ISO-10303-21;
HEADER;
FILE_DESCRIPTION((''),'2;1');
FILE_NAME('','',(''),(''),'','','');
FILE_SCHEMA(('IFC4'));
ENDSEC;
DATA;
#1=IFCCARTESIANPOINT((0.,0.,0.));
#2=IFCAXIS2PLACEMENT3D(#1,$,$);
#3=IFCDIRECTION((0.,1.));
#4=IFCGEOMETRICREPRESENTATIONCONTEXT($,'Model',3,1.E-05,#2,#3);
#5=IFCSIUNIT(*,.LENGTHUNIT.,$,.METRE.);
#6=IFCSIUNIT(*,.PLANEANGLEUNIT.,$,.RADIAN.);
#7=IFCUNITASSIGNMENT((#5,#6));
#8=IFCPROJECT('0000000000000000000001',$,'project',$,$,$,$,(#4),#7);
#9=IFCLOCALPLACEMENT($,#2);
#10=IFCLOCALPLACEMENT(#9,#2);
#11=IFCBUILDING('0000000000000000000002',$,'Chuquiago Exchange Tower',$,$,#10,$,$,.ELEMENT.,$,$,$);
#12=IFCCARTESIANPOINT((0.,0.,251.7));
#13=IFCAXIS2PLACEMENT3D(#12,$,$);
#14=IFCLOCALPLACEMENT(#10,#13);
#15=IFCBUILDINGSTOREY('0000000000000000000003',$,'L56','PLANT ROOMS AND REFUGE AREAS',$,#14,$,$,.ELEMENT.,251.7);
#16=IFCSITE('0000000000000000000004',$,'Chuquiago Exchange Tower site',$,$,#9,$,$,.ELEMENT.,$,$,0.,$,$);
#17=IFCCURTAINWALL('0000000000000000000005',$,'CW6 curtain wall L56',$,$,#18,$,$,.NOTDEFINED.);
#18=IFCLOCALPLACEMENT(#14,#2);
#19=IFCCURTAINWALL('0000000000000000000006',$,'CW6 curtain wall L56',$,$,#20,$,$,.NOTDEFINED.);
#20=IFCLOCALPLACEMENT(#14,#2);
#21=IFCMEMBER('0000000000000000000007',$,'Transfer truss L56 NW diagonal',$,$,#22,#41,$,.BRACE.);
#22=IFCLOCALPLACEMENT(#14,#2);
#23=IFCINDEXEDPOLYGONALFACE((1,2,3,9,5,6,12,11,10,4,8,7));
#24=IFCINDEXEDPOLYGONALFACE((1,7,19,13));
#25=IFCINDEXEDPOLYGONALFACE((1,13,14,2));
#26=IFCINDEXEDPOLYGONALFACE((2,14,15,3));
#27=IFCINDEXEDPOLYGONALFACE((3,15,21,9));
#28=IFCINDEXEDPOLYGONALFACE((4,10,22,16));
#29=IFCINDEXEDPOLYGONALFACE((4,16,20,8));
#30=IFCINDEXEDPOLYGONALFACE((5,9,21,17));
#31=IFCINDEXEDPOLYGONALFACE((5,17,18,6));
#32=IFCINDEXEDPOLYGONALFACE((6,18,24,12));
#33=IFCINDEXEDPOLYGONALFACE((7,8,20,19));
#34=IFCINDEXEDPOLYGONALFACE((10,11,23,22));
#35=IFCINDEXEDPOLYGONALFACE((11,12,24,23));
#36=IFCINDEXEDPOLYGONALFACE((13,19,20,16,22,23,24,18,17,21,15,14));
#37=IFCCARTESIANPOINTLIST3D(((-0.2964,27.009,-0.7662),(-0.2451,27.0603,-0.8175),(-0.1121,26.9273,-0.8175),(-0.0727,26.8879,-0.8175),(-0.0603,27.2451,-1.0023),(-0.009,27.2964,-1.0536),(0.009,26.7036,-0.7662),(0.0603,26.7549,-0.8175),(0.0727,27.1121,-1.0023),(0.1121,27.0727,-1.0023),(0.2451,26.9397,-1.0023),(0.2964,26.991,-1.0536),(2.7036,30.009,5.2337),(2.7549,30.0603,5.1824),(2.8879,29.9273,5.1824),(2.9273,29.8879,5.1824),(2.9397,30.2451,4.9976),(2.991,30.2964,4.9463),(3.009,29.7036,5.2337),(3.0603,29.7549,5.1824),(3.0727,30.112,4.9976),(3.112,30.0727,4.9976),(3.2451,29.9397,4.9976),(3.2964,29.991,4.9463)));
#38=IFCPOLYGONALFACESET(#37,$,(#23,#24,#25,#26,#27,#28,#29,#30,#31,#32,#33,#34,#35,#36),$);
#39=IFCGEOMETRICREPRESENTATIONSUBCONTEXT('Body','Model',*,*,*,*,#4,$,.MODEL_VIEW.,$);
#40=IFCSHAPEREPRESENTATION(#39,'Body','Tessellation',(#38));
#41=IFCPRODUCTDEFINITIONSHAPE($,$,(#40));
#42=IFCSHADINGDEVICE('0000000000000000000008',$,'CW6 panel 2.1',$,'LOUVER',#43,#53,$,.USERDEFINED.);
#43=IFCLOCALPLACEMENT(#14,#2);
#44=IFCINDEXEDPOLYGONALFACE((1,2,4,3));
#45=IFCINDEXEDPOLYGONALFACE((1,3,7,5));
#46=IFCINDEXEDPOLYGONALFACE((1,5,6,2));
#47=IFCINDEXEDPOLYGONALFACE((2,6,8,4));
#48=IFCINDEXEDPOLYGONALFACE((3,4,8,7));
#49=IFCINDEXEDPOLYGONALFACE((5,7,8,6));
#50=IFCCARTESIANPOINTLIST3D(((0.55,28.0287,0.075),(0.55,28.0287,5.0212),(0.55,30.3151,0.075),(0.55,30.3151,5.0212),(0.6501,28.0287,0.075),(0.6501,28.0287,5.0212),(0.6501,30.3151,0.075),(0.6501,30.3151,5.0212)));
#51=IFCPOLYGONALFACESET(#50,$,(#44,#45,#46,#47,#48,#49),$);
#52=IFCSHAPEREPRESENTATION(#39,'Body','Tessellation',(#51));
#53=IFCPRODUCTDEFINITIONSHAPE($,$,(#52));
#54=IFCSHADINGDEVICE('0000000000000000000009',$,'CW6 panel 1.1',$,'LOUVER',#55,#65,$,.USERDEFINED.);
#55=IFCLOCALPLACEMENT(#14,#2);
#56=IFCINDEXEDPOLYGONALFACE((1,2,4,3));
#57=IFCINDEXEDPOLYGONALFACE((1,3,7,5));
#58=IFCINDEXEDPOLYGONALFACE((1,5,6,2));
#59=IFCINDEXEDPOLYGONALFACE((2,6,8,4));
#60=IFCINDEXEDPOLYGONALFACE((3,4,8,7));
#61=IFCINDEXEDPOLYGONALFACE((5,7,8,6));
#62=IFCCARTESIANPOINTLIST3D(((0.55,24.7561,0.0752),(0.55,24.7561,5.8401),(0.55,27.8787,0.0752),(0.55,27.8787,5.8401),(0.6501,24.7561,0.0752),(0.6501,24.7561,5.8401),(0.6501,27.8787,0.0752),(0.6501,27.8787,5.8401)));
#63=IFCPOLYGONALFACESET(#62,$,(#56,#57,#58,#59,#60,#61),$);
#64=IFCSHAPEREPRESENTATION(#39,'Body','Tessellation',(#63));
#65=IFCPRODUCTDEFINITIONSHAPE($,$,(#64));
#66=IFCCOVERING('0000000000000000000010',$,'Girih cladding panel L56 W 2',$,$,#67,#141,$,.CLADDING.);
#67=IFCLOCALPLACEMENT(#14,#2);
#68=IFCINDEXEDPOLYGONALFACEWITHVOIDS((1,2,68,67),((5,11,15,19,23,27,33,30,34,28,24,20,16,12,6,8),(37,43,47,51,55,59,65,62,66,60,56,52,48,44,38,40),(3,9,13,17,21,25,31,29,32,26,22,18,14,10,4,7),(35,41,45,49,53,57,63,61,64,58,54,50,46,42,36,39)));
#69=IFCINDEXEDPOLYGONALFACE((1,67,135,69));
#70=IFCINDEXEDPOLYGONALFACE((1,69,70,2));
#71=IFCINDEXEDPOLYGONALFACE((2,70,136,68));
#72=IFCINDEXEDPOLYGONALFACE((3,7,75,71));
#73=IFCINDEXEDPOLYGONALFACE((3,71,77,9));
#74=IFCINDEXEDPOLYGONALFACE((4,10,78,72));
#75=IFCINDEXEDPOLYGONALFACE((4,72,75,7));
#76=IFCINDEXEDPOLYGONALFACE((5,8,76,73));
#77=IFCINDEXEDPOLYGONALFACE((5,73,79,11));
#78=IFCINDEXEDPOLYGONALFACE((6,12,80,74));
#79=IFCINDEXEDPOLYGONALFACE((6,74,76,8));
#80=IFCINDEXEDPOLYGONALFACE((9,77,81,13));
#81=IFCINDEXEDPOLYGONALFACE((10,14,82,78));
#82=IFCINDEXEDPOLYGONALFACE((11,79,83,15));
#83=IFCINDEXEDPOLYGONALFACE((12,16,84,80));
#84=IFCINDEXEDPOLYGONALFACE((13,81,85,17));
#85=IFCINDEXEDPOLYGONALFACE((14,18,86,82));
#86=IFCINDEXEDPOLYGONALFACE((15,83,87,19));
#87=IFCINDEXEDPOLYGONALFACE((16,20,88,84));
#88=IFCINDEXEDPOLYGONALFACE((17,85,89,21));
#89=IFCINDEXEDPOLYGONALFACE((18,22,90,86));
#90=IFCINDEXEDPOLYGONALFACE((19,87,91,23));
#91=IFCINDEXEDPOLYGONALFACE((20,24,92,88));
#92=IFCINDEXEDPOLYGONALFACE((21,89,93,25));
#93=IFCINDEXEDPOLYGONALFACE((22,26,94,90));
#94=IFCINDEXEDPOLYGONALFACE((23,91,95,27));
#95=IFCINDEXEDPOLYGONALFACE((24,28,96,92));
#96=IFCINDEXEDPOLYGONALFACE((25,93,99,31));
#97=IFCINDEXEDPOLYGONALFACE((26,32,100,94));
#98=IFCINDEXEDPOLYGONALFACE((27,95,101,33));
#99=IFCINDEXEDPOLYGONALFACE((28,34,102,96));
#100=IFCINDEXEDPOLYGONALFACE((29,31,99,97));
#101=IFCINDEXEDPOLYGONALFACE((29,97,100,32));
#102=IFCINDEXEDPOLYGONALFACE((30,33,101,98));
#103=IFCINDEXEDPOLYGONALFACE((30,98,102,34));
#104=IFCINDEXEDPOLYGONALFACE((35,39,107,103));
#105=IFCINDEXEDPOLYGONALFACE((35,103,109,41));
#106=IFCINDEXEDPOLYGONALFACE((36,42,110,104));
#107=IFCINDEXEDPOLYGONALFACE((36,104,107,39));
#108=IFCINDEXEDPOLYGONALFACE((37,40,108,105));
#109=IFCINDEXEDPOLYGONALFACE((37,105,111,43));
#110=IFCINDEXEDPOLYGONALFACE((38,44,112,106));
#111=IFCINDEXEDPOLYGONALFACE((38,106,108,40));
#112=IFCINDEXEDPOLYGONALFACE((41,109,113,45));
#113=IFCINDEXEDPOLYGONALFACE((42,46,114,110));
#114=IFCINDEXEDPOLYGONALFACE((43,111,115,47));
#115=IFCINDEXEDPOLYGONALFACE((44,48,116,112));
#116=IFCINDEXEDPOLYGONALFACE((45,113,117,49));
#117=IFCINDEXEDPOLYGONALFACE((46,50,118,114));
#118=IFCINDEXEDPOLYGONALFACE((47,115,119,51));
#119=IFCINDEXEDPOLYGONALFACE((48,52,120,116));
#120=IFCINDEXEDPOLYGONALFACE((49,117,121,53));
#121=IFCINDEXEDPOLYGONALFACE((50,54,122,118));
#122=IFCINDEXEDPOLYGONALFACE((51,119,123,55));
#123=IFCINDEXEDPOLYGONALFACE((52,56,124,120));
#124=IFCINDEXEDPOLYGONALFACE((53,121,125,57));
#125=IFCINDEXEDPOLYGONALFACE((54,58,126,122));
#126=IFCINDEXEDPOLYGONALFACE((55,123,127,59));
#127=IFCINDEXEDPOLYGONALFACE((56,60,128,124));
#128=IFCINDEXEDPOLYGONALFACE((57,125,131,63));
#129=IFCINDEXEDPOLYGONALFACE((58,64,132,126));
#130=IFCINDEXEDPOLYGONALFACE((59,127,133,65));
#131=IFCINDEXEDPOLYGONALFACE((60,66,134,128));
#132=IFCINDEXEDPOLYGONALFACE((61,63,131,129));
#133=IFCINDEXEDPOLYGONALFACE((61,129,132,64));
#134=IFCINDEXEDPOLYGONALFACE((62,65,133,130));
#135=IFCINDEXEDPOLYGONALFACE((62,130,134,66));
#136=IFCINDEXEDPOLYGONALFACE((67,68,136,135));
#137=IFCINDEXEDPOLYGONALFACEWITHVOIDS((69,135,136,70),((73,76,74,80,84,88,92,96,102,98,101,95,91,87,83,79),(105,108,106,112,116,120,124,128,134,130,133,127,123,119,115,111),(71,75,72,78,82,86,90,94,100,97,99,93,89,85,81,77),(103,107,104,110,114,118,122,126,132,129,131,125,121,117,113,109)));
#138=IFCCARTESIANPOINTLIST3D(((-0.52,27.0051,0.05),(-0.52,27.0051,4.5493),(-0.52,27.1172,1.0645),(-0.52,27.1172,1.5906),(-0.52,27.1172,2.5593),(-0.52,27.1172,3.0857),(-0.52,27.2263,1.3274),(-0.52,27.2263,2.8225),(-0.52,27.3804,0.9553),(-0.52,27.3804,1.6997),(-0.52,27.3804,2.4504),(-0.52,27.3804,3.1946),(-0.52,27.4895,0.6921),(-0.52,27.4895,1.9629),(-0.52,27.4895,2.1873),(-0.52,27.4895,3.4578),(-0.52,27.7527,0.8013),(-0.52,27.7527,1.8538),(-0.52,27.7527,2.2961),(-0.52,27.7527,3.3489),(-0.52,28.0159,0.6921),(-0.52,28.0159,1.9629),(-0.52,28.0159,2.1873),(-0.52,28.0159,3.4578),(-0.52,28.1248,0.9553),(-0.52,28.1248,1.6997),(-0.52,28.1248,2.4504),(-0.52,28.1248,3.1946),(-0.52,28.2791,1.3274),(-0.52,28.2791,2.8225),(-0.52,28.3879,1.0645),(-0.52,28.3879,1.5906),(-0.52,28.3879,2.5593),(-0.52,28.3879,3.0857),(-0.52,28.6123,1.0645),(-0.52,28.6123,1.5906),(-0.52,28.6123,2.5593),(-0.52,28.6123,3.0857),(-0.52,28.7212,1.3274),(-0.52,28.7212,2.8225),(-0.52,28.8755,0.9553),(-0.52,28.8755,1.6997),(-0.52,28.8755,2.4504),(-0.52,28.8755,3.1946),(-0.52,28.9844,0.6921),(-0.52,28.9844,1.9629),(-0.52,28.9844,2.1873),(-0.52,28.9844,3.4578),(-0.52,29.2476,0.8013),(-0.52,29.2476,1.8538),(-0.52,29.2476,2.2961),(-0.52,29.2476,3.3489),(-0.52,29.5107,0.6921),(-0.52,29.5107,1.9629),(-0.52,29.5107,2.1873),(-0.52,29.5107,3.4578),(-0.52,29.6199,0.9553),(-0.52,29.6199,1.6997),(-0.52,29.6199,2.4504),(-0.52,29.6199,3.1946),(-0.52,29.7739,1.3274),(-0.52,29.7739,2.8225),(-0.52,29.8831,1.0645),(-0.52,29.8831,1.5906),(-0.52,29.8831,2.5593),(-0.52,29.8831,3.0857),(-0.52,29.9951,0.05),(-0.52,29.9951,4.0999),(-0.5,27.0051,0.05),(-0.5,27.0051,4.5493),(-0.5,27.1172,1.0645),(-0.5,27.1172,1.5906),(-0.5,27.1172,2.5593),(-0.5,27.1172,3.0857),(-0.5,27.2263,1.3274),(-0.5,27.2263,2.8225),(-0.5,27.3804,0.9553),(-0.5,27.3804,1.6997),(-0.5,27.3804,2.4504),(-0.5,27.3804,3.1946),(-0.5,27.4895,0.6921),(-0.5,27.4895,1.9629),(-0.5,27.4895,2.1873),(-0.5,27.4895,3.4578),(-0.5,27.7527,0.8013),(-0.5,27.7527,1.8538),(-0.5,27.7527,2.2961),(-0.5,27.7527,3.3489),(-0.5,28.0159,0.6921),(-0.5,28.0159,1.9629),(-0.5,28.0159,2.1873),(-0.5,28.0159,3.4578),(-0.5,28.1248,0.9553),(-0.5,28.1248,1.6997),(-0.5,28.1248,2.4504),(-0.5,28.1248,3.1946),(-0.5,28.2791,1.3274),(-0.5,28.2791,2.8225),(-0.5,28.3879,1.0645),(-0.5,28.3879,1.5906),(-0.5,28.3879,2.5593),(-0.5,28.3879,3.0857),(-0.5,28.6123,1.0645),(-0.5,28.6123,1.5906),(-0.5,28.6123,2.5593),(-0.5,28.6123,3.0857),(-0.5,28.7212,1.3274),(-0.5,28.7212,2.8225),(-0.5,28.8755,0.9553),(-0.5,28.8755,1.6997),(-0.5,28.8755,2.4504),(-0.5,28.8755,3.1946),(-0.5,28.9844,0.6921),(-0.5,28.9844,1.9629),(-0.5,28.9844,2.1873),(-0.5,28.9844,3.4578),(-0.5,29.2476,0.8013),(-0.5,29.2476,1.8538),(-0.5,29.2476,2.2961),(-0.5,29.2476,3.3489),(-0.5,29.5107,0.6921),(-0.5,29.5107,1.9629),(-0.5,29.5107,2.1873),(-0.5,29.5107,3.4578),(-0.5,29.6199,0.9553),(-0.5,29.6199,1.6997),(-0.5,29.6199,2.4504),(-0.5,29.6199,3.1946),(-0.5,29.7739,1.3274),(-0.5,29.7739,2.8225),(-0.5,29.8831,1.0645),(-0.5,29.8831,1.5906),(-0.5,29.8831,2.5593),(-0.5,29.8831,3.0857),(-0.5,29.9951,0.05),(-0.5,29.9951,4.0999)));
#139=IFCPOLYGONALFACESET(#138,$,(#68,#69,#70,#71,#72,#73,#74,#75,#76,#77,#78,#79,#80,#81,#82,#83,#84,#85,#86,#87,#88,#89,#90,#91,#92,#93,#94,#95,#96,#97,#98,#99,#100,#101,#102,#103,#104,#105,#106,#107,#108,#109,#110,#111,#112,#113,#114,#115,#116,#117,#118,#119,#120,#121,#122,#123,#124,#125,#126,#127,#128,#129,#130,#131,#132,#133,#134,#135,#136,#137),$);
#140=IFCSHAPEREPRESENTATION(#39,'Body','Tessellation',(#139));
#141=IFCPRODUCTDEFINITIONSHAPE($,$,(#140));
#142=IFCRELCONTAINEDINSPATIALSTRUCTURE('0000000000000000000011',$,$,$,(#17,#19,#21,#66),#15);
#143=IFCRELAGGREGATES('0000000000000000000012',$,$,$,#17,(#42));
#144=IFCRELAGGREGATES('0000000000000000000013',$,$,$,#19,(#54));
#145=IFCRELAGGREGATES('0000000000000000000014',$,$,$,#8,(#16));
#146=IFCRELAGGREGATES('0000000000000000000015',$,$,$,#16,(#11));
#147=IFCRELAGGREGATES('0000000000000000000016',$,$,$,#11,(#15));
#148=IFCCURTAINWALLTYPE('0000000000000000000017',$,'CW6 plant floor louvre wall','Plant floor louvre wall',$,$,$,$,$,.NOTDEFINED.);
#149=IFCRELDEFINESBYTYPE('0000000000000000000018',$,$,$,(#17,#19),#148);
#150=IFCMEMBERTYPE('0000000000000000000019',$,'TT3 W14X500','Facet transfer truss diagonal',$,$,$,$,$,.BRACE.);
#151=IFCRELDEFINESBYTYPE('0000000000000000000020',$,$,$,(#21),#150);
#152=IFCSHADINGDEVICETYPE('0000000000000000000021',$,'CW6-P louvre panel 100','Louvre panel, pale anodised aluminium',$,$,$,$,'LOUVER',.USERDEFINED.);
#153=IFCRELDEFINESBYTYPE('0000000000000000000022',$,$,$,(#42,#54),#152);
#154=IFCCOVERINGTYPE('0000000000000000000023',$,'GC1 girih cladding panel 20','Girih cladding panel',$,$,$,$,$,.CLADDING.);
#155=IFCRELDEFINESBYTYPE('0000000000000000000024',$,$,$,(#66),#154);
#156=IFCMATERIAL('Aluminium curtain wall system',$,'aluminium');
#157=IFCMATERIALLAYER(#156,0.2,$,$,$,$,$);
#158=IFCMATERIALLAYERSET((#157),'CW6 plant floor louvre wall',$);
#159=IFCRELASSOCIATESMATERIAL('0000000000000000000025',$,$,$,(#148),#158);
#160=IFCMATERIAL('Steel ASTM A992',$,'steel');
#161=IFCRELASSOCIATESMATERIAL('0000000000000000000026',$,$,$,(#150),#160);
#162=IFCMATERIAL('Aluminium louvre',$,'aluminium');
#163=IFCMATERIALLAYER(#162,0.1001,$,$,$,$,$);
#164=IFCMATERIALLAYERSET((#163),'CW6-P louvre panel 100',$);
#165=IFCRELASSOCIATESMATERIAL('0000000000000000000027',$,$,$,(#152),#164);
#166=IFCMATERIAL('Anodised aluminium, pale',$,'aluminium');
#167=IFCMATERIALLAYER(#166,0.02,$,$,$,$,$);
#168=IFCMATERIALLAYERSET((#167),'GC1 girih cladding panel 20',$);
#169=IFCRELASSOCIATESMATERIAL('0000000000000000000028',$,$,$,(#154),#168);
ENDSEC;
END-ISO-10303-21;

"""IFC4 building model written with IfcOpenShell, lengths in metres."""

from ifc_helpers import new_model, si_unit, direction, frame, origin, origin_2d, place, context, subcontext, project, spatial, polyline, rectangle, i_section, outline, extrude, material, layer, layer_set, material_profile, profile_set, type_object, element, aggregate, save


model = new_model("IFC4")

# Units and contexts
model_context = context("Model", 3, precision=1e-05, world=origin(), true_north=direction((0.0, 1.0)))
body_context = subcontext(model_context, "Body", "Model", "MODEL_VIEW")
ifc_project = project(units=[si_unit("LENGTHUNIT", "METRE"), si_unit("PLANEANGLEUNIT", "RADIAN")], contexts=[model_context])

# Site, building, storey
site_placement = place(None, origin())
site = spatial("IfcSite", under=ifc_project, at=site_placement, Name="Chuquiago Exchange Tower site", CompositionType="ELEMENT", RefElevation=0.0)
building_placement = place(site_placement, origin())
building = spatial("IfcBuilding", under=site, at=building_placement, Name="Chuquiago Exchange Tower", CompositionType="ELEMENT")
storey_placement = place(building_placement, frame((0.0, 0.0, 251.7)))
storey = spatial("IfcBuildingStorey", under=building, at=storey_placement, Name="L56", Description="PLANT ROOMS AND REFUGE AREAS", CompositionType="ELEMENT", Elevation=251.7)

# Curtain wall
ifc_material_1 = material(Name="Aluminium curtain wall system", Category="aluminium")
ifc_layer_1 = layer(ifc_material_1, 0.2)
ifc_layer_set_1 = layer_set([ifc_layer_1], Name="CW6 plant floor louvre wall")
curtain_wall_type = type_object("IfcCurtainWallType", Name="CW6 plant floor louvre wall", Description="Plant floor louvre wall", PredefinedType="NOTDEFINED", material=ifc_layer_set_1)
curtain_wall_1_placement = place(storey_placement, origin())
curtain_wall_1 = element("IfcCurtainWall", 1, at=curtain_wall_1_placement, inside=storey, type_object=curtain_wall_type, Name="CW6 curtain wall L56", PredefinedType="NOTDEFINED")

# Curtain wall
curtain_wall_2_placement = place(storey_placement, origin())
curtain_wall_2 = element("IfcCurtainWall", 2, at=curtain_wall_2_placement, inside=storey, type_object=curtain_wall_type, Name="CW6 curtain wall L56", PredefinedType="NOTDEFINED")

# Member
ifc_material_2 = material(Name="Steel ASTM A992", Category="steel")
ifc_material_profile_1 = material_profile(ifc_material_2, i_section(OverallWidth=0.4319, OverallDepth=0.4978, WebThickness=0.0557, FlangeThickness=0.0889, at=origin_2d()), Name="W14X500")
ifc_profile_set_1 = profile_set([ifc_material_profile_1], Name="Steel ASTM A992")
member_type_1 = type_object("IfcMemberType", Name="TT3 W14X500", Description="Facet transfer truss diagonal", PredefinedType="BRACE", material=ifc_profile_set_1)
member_1_placement = place(storey_placement, frame((0.0, 27.0, -0.9099), z_axis=(0.408248, 0.408248, 0.816497), x_axis=(-0.707107, 0.707107, 0.0)))
element("IfcMember", 3, at=member_1_placement, inside=storey, type_object=member_type_1, Name="Transfer truss L56 NW diagonal", PredefinedType="BRACE", context=body_context, shape_type="SweptSolid", body=[
    extrude(i_section(OverallWidth=0.4319, OverallDepth=0.4978, WebThickness=0.0557, FlangeThickness=0.0889, at=origin_2d()), origin(), (0.0, 0.0, 1.0), 7.3484),
])

# Shading devices
ifc_material_3 = material(Name="Aluminium louvre", Category="aluminium")
ifc_layer_2 = layer(ifc_material_3, 0.1001)
ifc_layer_set_2 = layer_set([ifc_layer_2], Name="CW6-P louvre panel 100")
shading_device_type = type_object("IfcShadingDeviceType", Name="CW6-P louvre panel 100", Description="Louvre panel, pale anodised aluminium", ElementType="LOUVER", PredefinedType="USERDEFINED", material=ifc_layer_set_2)
shading_device_1_placement = place(storey_placement, frame((0.6001, 29.1719, 0.075), z_axis=(0.0, 0.0, 1.0), x_axis=(0.0, -1.0, 0.0)))
shading_device_1 = element("IfcShadingDevice", 4, at=shading_device_1_placement, type_object=shading_device_type, Name="CW6 panel 2.1", ObjectType="LOUVER", PredefinedType="USERDEFINED", context=body_context, shape_type="SweptSolid", body=[
    extrude(rectangle(XDim=2.2864, YDim=0.1001, at=origin_2d()), origin(), (0.0, 0.0, 1.0), 4.9463),
])
aggregate(curtain_wall_1, [shading_device_1])
shading_device_2_placement = place(storey_placement, frame((0.6001, 26.3174, 0.0752), z_axis=(0.0, 0.0, 1.0), x_axis=(0.0, -1.0, 0.0)))
shading_device_2 = element("IfcShadingDevice", 5, at=shading_device_2_placement, type_object=shading_device_type, Name="CW6 panel 1.1", ObjectType="LOUVER", PredefinedType="USERDEFINED", context=body_context, shape_type="SweptSolid", body=[
    extrude(rectangle(XDim=3.1226, YDim=0.1001, at=origin_2d()), origin(), (0.0, 0.0, 1.0), 5.7649),
])
aggregate(curtain_wall_2, [shading_device_2])

# Covering
ifc_material_4 = material(Name="Anodised aluminium, pale", Category="aluminium")
ifc_layer_3 = layer(ifc_material_4, 0.02)
ifc_layer_set_3 = layer_set([ifc_layer_3], Name="GC1 girih cladding panel 20")
covering_type = type_object("IfcCoveringType", Name="GC1 girih cladding panel 20", Description="Girih cladding panel", PredefinedType="CLADDING", material=ifc_layer_set_3)
covering_1_placement = place(storey_placement, frame((-0.5, 29.9951, 0.05), z_axis=(0.0, 0.0, 1.0), x_axis=(0.0, -1.0, 0.0)))
element("IfcCovering", 6, at=covering_1_placement, inside=storey, type_object=covering_type, Name="Girih cladding panel L56 W 2", PredefinedType="CLADDING", context=body_context, shape_type="SweptSolid", body=[
    extrude(outline(polyline([(0.0, 0.0), (2.99, 0.0), (2.99, 4.4993), (0.0, 4.0498), (0.0, 0.0)]), holes=[polyline([(1.2739, 1.2773), (1.3828, 1.5405), (1.1196, 1.6497), (1.0107, 1.9128), (0.7476, 1.8037), (0.4844, 1.9128), (0.3752, 1.6497), (0.1121, 1.5405), (0.2212, 1.2773), (0.1121, 1.0144), (0.3752, 0.9053), (0.4844, 0.6421), (0.7476, 0.7512), (1.0107, 0.6421), (1.1196, 0.9053), (1.3828, 1.0144), (1.2739, 1.2773)]), polyline([(2.7688, 1.2773), (2.8779, 1.5405), (2.6147, 1.6497), (2.5056, 1.9128), (2.2424, 1.8037), (1.9792, 1.9128), (1.8704, 1.6497), (1.6072, 1.5405), (1.7161, 1.2773), (1.6072, 1.0144), (1.8704, 0.9053), (1.9792, 0.6421), (2.2424, 0.7512), (2.5056, 0.6421), (2.6147, 0.9053), (2.8779, 1.0144), (2.7688, 1.2773)]), polyline([(1.2739, 2.7725), (1.3828, 3.0356), (1.1196, 3.1445), (1.0107, 3.4077), (0.7476, 3.2988), (0.4844, 3.4077), (0.3752, 3.1445), (0.1121, 3.0356), (0.2212, 2.7725), (0.1121, 2.5093), (0.3752, 2.4004), (0.4844, 2.1372), (0.7476, 2.2461), (1.0107, 2.1372), (1.1196, 2.4004), (1.3828, 2.5093), (1.2739, 2.7725)]), polyline([(2.7688, 2.7725), (2.8779, 3.0356), (2.6147, 3.1445), (2.5056, 3.4077), (2.2424, 3.2988), (1.9792, 3.4077), (1.8704, 3.1445), (1.6072, 3.0356), (1.7161, 2.7725), (1.6072, 2.5093), (1.8704, 2.4004), (1.9792, 2.1372), (2.2424, 2.2461), (2.5056, 2.1372), (2.6147, 2.4004), (2.8779, 2.5093), (2.7688, 2.7725)])]), frame((0.0, 0.0, 0.0), z_axis=(0.0, -1.0, 0.0), x_axis=(1.0, 0.0, 0.0)), (0.0, 0.0, 1.0), 0.02),
])

save(model, "model.ifc")
